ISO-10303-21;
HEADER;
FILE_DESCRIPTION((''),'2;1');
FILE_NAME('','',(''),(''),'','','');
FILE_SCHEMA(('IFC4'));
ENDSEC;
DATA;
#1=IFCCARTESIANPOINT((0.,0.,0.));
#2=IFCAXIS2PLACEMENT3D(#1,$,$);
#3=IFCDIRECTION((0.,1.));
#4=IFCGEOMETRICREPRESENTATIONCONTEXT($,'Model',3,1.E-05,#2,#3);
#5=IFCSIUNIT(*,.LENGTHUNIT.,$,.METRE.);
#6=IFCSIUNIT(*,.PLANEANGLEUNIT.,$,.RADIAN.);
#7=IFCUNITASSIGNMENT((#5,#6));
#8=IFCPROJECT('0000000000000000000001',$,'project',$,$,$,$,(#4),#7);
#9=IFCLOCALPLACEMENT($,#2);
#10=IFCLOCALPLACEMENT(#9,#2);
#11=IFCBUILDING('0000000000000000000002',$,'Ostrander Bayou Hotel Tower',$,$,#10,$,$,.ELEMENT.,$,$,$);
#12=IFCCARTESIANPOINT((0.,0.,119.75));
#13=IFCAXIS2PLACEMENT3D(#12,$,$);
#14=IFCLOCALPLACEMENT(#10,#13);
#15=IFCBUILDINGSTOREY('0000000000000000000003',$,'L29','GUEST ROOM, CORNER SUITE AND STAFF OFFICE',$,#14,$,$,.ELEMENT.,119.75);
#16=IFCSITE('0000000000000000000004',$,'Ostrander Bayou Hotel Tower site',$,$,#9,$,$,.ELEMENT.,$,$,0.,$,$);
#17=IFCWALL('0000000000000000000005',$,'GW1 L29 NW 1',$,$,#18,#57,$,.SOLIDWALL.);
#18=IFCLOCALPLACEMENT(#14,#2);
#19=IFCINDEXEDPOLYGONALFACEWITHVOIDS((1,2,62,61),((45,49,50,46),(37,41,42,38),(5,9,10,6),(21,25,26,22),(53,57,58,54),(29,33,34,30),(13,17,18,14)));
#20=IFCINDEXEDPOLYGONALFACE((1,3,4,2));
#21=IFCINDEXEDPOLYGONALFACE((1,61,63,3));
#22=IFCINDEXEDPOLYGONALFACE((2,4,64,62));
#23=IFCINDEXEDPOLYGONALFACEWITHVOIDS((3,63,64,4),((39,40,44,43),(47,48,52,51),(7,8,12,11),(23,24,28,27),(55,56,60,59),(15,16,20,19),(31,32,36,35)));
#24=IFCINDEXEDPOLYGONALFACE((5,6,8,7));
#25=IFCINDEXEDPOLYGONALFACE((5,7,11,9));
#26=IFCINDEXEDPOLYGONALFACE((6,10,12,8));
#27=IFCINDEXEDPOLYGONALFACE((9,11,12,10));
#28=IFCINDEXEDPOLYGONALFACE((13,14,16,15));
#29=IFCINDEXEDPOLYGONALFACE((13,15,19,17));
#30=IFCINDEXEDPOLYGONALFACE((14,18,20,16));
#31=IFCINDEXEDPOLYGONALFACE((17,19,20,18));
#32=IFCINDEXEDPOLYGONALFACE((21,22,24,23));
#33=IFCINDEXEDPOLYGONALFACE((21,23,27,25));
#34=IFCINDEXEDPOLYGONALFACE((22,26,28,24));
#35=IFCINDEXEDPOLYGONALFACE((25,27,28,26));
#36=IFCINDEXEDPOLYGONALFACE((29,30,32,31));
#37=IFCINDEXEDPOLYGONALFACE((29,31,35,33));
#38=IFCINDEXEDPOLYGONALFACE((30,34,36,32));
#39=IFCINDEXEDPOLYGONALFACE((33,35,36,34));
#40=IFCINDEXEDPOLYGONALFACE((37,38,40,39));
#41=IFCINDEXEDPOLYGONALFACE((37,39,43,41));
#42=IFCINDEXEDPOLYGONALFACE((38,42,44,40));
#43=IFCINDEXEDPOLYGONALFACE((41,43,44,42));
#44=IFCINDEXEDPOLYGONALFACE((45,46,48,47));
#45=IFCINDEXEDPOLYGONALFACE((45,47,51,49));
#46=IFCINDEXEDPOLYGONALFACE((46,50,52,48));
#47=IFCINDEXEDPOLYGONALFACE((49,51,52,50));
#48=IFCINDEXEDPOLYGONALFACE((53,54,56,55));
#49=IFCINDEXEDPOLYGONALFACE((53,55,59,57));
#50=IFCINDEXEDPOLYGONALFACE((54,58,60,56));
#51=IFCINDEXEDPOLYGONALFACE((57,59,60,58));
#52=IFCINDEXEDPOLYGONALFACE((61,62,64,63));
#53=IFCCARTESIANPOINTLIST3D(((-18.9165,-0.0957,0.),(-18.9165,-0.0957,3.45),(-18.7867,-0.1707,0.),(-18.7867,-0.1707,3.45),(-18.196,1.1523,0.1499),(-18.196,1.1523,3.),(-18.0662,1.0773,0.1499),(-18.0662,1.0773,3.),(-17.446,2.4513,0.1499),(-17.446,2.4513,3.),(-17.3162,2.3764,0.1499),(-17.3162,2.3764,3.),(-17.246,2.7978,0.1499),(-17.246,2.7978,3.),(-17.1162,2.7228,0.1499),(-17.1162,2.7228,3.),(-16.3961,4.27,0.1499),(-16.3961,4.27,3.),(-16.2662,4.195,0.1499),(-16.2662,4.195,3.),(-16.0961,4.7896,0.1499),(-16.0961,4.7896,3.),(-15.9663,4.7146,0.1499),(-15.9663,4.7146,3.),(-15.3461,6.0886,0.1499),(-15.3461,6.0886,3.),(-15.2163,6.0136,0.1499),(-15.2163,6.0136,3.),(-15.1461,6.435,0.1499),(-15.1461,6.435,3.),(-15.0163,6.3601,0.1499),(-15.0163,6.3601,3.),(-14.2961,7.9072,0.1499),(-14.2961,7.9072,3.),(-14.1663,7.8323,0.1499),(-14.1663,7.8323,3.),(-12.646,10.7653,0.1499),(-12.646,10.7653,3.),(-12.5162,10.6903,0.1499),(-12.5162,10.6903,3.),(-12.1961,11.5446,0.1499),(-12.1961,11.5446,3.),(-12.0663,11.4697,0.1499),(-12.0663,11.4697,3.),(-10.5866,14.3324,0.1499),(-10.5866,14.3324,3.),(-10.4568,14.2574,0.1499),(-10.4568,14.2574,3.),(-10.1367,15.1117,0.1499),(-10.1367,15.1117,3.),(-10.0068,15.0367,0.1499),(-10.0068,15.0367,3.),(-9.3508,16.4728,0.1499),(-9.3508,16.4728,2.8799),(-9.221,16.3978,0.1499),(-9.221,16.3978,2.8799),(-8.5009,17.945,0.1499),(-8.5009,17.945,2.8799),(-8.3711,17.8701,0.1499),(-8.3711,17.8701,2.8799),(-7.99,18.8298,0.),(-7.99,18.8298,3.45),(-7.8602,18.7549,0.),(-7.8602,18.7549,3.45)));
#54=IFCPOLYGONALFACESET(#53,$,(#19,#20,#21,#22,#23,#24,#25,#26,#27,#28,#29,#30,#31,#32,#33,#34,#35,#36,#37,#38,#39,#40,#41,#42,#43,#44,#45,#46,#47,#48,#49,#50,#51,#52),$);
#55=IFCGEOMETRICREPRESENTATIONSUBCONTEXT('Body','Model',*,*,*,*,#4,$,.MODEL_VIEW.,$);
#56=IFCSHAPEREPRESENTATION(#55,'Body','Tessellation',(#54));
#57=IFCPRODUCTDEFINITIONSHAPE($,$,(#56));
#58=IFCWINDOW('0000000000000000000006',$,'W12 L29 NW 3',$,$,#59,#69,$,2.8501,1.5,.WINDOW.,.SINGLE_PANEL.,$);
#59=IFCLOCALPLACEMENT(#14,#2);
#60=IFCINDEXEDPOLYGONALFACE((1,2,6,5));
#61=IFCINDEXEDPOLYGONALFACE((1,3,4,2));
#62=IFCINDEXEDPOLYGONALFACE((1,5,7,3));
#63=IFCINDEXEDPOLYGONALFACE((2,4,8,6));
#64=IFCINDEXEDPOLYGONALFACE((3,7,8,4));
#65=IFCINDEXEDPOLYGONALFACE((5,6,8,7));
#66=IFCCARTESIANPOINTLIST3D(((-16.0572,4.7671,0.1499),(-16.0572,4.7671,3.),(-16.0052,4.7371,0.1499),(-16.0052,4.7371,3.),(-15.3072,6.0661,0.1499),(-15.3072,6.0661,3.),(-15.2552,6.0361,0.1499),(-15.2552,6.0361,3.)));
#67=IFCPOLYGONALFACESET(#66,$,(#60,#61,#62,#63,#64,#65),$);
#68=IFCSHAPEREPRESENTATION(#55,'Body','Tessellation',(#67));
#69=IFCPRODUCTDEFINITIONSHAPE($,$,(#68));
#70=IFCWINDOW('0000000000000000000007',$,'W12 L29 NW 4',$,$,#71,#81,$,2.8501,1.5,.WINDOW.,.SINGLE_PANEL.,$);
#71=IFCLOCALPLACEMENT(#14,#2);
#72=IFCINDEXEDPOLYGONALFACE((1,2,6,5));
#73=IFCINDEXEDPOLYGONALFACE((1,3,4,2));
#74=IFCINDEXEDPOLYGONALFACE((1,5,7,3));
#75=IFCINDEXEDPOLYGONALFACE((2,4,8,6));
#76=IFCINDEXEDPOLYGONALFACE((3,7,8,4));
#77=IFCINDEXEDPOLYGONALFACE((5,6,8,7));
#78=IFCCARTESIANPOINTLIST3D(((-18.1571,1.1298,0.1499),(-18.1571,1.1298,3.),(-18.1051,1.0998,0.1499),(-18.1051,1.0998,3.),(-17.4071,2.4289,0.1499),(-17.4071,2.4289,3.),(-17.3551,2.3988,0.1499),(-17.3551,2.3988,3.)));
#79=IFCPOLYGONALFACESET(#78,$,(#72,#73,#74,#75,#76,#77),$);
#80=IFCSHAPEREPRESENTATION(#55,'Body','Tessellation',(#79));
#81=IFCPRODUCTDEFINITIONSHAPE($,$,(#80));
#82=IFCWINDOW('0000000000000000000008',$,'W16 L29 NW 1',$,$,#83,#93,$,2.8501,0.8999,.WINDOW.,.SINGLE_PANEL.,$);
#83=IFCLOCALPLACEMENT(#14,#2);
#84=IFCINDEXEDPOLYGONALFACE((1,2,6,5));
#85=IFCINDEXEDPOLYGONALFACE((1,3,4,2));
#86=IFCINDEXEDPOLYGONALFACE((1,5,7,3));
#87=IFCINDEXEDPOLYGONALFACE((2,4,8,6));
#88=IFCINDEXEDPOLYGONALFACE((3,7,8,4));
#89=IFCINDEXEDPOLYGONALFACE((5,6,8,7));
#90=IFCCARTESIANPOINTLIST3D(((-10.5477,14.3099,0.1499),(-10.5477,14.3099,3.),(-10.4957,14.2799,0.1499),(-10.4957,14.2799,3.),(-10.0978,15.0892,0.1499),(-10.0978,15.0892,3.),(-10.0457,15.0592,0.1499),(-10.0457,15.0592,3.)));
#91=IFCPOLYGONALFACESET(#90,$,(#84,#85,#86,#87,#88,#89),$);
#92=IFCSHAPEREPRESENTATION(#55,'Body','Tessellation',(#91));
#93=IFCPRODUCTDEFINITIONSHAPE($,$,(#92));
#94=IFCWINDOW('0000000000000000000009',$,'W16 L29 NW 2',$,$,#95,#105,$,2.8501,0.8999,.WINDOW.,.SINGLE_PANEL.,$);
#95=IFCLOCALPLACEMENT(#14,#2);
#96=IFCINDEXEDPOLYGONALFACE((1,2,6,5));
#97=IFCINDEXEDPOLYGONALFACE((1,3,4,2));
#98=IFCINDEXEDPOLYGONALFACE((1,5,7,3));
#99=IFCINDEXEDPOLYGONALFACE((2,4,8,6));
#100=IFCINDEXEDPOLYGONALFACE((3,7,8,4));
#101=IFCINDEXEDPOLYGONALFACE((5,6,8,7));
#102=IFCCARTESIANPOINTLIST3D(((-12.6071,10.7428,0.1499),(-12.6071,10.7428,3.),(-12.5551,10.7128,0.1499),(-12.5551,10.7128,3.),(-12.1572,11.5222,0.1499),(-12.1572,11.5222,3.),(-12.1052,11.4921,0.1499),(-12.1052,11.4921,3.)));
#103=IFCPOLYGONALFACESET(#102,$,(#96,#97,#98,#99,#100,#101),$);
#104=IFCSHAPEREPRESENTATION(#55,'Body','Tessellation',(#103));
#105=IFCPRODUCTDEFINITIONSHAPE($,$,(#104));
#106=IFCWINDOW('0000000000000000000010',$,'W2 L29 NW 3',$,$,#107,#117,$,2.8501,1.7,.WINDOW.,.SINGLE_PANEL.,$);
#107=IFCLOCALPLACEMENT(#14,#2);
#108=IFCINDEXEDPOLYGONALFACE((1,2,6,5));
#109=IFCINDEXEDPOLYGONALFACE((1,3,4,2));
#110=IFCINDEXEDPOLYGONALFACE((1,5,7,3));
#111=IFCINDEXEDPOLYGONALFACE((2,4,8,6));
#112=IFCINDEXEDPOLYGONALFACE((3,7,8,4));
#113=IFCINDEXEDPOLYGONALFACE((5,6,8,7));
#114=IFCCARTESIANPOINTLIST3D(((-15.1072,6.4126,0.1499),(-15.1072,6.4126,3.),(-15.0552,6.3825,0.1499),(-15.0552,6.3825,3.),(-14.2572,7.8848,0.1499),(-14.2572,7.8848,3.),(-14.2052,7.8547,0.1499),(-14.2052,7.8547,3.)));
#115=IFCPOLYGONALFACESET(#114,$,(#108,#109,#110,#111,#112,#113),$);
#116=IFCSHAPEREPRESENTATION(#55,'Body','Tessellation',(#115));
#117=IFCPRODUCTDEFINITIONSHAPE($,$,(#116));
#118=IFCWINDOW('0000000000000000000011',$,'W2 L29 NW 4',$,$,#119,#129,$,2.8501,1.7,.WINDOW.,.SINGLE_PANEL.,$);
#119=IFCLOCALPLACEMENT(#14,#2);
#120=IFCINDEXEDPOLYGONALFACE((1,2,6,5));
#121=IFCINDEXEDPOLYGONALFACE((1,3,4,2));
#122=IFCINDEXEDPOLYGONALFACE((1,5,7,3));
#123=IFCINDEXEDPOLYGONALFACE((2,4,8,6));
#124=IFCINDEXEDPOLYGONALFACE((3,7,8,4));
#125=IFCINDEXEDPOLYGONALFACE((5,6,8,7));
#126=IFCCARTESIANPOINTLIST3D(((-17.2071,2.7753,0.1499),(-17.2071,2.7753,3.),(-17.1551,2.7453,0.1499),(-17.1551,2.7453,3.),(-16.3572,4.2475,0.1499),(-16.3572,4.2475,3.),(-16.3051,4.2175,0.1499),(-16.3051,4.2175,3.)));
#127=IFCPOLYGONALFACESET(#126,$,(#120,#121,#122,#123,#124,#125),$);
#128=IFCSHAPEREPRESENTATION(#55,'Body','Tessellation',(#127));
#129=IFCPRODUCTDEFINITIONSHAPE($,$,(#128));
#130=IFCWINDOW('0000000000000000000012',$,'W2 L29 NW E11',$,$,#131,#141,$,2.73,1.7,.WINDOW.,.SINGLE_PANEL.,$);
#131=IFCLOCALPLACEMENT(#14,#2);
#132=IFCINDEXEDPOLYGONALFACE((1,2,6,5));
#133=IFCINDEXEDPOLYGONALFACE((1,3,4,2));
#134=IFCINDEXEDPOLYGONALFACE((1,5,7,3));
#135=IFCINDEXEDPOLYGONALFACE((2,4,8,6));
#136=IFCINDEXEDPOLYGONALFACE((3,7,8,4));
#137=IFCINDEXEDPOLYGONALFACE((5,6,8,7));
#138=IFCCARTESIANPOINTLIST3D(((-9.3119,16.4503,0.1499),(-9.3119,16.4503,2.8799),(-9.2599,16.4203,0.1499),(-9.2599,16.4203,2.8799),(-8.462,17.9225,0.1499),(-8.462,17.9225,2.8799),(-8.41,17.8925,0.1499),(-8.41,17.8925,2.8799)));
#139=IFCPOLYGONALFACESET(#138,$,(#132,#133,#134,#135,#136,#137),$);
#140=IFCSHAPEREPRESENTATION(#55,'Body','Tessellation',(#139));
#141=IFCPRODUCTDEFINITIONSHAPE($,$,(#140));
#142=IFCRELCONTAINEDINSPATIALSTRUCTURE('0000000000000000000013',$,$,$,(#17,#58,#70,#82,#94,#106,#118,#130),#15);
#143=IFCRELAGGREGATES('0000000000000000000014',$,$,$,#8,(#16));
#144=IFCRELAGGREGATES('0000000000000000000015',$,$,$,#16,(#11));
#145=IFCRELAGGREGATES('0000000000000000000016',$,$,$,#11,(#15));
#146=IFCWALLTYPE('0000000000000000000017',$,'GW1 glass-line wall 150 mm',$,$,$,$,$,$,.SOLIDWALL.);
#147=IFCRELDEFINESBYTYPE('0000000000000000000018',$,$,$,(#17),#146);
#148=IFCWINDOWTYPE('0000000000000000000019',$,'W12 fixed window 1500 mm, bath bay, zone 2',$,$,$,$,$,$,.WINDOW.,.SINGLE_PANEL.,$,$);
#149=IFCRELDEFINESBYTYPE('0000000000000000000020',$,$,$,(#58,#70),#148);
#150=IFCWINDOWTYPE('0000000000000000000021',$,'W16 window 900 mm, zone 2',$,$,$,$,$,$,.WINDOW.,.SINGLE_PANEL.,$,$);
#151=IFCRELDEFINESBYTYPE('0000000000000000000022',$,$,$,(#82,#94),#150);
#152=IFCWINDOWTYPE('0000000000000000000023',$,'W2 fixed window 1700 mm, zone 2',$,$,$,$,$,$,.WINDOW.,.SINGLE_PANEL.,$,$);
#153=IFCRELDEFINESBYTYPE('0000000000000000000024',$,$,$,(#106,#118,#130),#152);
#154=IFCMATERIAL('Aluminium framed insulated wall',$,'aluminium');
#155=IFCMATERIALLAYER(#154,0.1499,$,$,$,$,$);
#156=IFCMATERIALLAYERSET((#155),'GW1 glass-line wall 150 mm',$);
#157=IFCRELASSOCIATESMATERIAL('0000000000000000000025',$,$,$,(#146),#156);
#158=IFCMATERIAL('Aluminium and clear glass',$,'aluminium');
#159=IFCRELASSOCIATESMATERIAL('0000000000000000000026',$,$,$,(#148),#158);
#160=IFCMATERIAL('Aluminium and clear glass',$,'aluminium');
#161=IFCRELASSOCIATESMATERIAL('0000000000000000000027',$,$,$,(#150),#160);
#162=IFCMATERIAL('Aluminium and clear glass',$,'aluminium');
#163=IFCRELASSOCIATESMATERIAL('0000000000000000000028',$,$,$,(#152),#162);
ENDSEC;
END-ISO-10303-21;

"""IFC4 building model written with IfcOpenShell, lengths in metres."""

from ifc_helpers import new_model, si_unit, direction, frame, frame_2d, origin, place, context, subcontext, project, spatial, rectangle, extrude, material, layer, layer_set, type_object, element, fill, save


model = new_model("IFC4")

# Units and contexts
model_context = context("Model", 3, precision=1e-05, world=origin(), true_north=direction((0.0, 1.0)))
body_context = subcontext(model_context, "Body", "Model", "MODEL_VIEW")
ifc_project = project(units=[si_unit("LENGTHUNIT", "METRE"), si_unit("PLANEANGLEUNIT", "RADIAN")], contexts=[model_context])

# Site, building, storey
site_placement = place(None, origin())
site = spatial("IfcSite", under=ifc_project, at=site_placement, Name="Ostrander Bayou Hotel Tower site", CompositionType="ELEMENT", RefElevation=0.0)
building_placement = place(site_placement, origin())
building = spatial("IfcBuilding", under=site, at=building_placement, Name="Ostrander Bayou Hotel Tower", CompositionType="ELEMENT")
storey_placement = place(building_placement, frame((0.0, 0.0, 119.75)))
storey = spatial("IfcBuildingStorey", under=building, at=storey_placement, Name="L29", Description="GUEST ROOM, CORNER SUITE AND STAFF OFFICE", CompositionType="ELEMENT", Elevation=119.75)

# Wall, openings, windows
ifc_material_1 = material(Name="Aluminium framed insulated wall", Category="aluminium")
ifc_layer_1 = layer(ifc_material_1, 0.1499)
ifc_layer_set_1 = layer_set([ifc_layer_1], Name="GW1 glass-line wall 150 mm")
wall_type_1 = type_object("IfcWallType", Name="GW1 glass-line wall 150 mm", PredefinedType="SOLIDWALL", material=ifc_layer_set_1)
wall_1_placement = place(storey_placement, frame((-7.925, 18.7925, 0.0), z_axis=(0.0, 0.0, 1.0), x_axis=(-0.499995, -0.866028, 0.0)))
wall_1 = element("IfcWall", 1, at=wall_1_placement, inside=storey, type_object=wall_type_1, Name="GW1 L29 NW 1", PredefinedType="SOLIDWALL", context=body_context, shape_type="SweptSolid", body=[
    extrude(rectangle(XDim=21.8533, YDim=0.1499, at=frame_2d((10.9268, 0.0))), origin(), (0.0, 0.0, 1.0), 3.45),
])
opening_1_placement = place(wall_1_placement, frame((4.2935, 0.0, 0.1499)))
opening_1 = element("IfcOpeningElement", 2, at=opening_1_placement, cuts=wall_1, PredefinedType="OPENING", context=body_context, shape_type="SweptSolid", body=[
    extrude(rectangle(XDim=0.8999, YDim=2.8501, at=frame_2d((0.45, 1.425))), frame((0.0, 0.075, 0.0), z_axis=(0.0, -1.0, 0.0), x_axis=(1.0, 0.0, 0.0)), (0.0, 0.0, 1.0), 0.1499),
])
opening_2_placement = place(wall_1_placement, frame((8.4124, 0.0, 0.1499)))
opening_2 = element("IfcOpeningElement", 3, at=opening_2_placement, cuts=wall_1, PredefinedType="OPENING", context=body_context, shape_type="SweptSolid", body=[
    extrude(rectangle(XDim=0.8999, YDim=2.8501, at=frame_2d((0.45, 1.425))), frame((0.0, 0.075, 0.0), z_axis=(0.0, -1.0, 0.0), x_axis=(1.0, 0.0, 0.0)), (0.0, 0.0, 1.0), 0.1499),
])
opening_3_placement = place(wall_1_placement, frame((12.6123, 0.0, 0.1499)))
opening_3 = element("IfcOpeningElement", 4, at=opening_3_placement, cuts=wall_1, PredefinedType="OPENING", context=body_context, shape_type="SweptSolid", body=[
    extrude(rectangle(XDim=1.7, YDim=2.8501, at=frame_2d((0.8501, 1.425))), frame((0.0, 0.075, 0.0), z_axis=(0.0, -1.0, 0.0), x_axis=(1.0, 0.0, 0.0)), (0.0, 0.0, 1.0), 0.1499),
])
opening_4_placement = place(wall_1_placement, frame((14.7124, 0.0, 0.1499)))
opening_4 = element("IfcOpeningElement", 5, at=opening_4_placement, cuts=wall_1, PredefinedType="OPENING", context=body_context, shape_type="SweptSolid", body=[
    extrude(rectangle(XDim=1.5, YDim=2.8501, at=frame_2d((0.75, 1.425))), frame((0.0, 0.075, 0.0), z_axis=(0.0, -1.0, 0.0), x_axis=(1.0, 0.0, 0.0)), (0.0, 0.0, 1.0), 0.1499),
])
opening_5_placement = place(wall_1_placement, frame((16.8123, 0.0, 0.1499)))
opening_5 = element("IfcOpeningElement", 6, at=opening_5_placement, cuts=wall_1, PredefinedType="OPENING", context=body_context, shape_type="SweptSolid", body=[
    extrude(rectangle(XDim=1.7, YDim=2.8501, at=frame_2d((0.8501, 1.425))), frame((0.0, 0.075, 0.0), z_axis=(0.0, -1.0, 0.0), x_axis=(1.0, 0.0, 0.0)), (0.0, 0.0, 1.0), 0.1499),
])
opening_6_placement = place(wall_1_placement, frame((18.9124, 0.0, 0.1499)))
opening_6 = element("IfcOpeningElement", 7, at=opening_6_placement, cuts=wall_1, PredefinedType="OPENING", context=body_context, shape_type="SweptSolid", body=[
    extrude(rectangle(XDim=1.5, YDim=2.8501, at=frame_2d((0.75, 1.425))), frame((0.0, 0.075, 0.0), z_axis=(0.0, -1.0, 0.0), x_axis=(1.0, 0.0, 0.0)), (0.0, 0.0, 1.0), 0.1499),
])
opening_7_placement = place(wall_1_placement, frame((1.0217, 0.0, 0.1499)))
opening_7 = element("IfcOpeningElement", 8, at=opening_7_placement, cuts=wall_1, PredefinedType="OPENING", context=body_context, shape_type="SweptSolid", body=[
    extrude(rectangle(XDim=1.7, YDim=2.73, at=frame_2d((0.8501, 1.365))), frame((0.0, 0.075, 0.0), z_axis=(0.0, -1.0, 0.0), x_axis=(1.0, 0.0, 0.0)), (0.0, 0.0, 1.0), 0.1499),
])
ifc_material_2 = material(Name="Aluminium and clear glass", Category="aluminium")
window_type_1 = type_object("IfcWindowType", Name="W12 fixed window 1500 mm, bath bay, zone 2", PartitioningType="SINGLE_PANEL", PredefinedType="WINDOW", material=ifc_material_2)
window_1_placement = place(opening_4_placement, origin())
window_1 = element("IfcWindow", 9, at=window_1_placement, inside=storey, type_object=window_type_1, Name="W12 L29 NW 3", OverallHeight=2.8501, OverallWidth=1.5, PartitioningType="SINGLE_PANEL", PredefinedType="WINDOW", context=body_context, shape_type="SweptSolid", body=[
    extrude(rectangle(XDim=1.5, YDim=2.8501, at=frame_2d((0.75, 1.425))), frame((0.0, 0.03, 0.0), z_axis=(0.0, -1.0, 0.0), x_axis=(1.0, 0.0, 0.0)), (0.0, 0.0, 1.0), 0.0601),
])
fill(opening_4, window_1)
window_2_placement = place(opening_6_placement, origin())
window_2 = element("IfcWindow", 10, at=window_2_placement, inside=storey, type_object=window_type_1, Name="W12 L29 NW 4", OverallHeight=2.8501, OverallWidth=1.5, PartitioningType="SINGLE_PANEL", PredefinedType="WINDOW", context=body_context, shape_type="SweptSolid", body=[
    extrude(rectangle(XDim=1.5, YDim=2.8501, at=frame_2d((0.75, 1.425))), frame((0.0, 0.03, 0.0), z_axis=(0.0, -1.0, 0.0), x_axis=(1.0, 0.0, 0.0)), (0.0, 0.0, 1.0), 0.0601),
])
fill(opening_6, window_2)
ifc_material_3 = material(Name="Aluminium and clear glass", Category="aluminium")
window_type_2 = type_object("IfcWindowType", Name="W16 window 900 mm, zone 2", PartitioningType="SINGLE_PANEL", PredefinedType="WINDOW", material=ifc_material_3)
window_3_placement = place(opening_1_placement, origin())
window_3 = element("IfcWindow", 11, at=window_3_placement, inside=storey, type_object=window_type_2, Name="W16 L29 NW 1", OverallHeight=2.8501, OverallWidth=0.8999, PartitioningType="SINGLE_PANEL", PredefinedType="WINDOW", context=body_context, shape_type="SweptSolid", body=[
    extrude(rectangle(XDim=0.8999, YDim=2.8501, at=frame_2d((0.45, 1.425))), frame((0.0, 0.03, 0.0), z_axis=(0.0, -1.0, 0.0), x_axis=(1.0, 0.0, 0.0)), (0.0, 0.0, 1.0), 0.0601),
])
fill(opening_1, window_3)
window_4_placement = place(opening_2_placement, origin())
window_4 = element("IfcWindow", 12, at=window_4_placement, inside=storey, type_object=window_type_2, Name="W16 L29 NW 2", OverallHeight=2.8501, OverallWidth=0.8999, PartitioningType="SINGLE_PANEL", PredefinedType="WINDOW", context=body_context, shape_type="SweptSolid", body=[
    extrude(rectangle(XDim=0.8999, YDim=2.8501, at=frame_2d((0.45, 1.425))), frame((0.0, 0.03, 0.0), z_axis=(0.0, -1.0, 0.0), x_axis=(1.0, 0.0, 0.0)), (0.0, 0.0, 1.0), 0.0601),
])
fill(opening_2, window_4)
ifc_material_4 = material(Name="Aluminium and clear glass", Category="aluminium")
window_type_3 = type_object("IfcWindowType", Name="W2 fixed window 1700 mm, zone 2", PartitioningType="SINGLE_PANEL", PredefinedType="WINDOW", material=ifc_material_4)
window_5_placement = place(opening_3_placement, origin())
window_5 = element("IfcWindow", 13, at=window_5_placement, inside=storey, type_object=window_type_3, Name="W2 L29 NW 3", OverallHeight=2.8501, OverallWidth=1.7, PartitioningType="SINGLE_PANEL", PredefinedType="WINDOW", context=body_context, shape_type="SweptSolid", body=[
    extrude(rectangle(XDim=1.7, YDim=2.8501, at=frame_2d((0.8501, 1.425))), frame((0.0, 0.03, 0.0), z_axis=(0.0, -1.0, 0.0), x_axis=(1.0, 0.0, 0.0)), (0.0, 0.0, 1.0), 0.0601),
])
fill(opening_3, window_5)
window_6_placement = place(opening_5_placement, origin())
window_6 = element("IfcWindow", 14, at=window_6_placement, inside=storey, type_object=window_type_3, Name="W2 L29 NW 4", OverallHeight=2.8501, OverallWidth=1.7, PartitioningType="SINGLE_PANEL", PredefinedType="WINDOW", context=body_context, shape_type="SweptSolid", body=[
    extrude(rectangle(XDim=1.7, YDim=2.8501, at=frame_2d((0.8501, 1.425))), frame((0.0, 0.03, 0.0), z_axis=(0.0, -1.0, 0.0), x_axis=(1.0, 0.0, 0.0)), (0.0, 0.0, 1.0), 0.0601),
])
fill(opening_5, window_6)
window_7_placement = place(opening_7_placement, origin())
window_7 = element("IfcWindow", 15, at=window_7_placement, inside=storey, type_object=window_type_3, Name="W2 L29 NW E11", OverallHeight=2.73, OverallWidth=1.7, PartitioningType="SINGLE_PANEL", PredefinedType="WINDOW", context=body_context, shape_type="SweptSolid", body=[
    extrude(rectangle(XDim=1.7, YDim=2.73, at=frame_2d((0.8501, 1.365))), frame((0.0, 0.03, 0.0), z_axis=(0.0, -1.0, 0.0), x_axis=(1.0, 0.0, 0.0)), (0.0, 0.0, 1.0), 0.0601),
])
fill(opening_7, window_7)

save(model, "model.ifc")
